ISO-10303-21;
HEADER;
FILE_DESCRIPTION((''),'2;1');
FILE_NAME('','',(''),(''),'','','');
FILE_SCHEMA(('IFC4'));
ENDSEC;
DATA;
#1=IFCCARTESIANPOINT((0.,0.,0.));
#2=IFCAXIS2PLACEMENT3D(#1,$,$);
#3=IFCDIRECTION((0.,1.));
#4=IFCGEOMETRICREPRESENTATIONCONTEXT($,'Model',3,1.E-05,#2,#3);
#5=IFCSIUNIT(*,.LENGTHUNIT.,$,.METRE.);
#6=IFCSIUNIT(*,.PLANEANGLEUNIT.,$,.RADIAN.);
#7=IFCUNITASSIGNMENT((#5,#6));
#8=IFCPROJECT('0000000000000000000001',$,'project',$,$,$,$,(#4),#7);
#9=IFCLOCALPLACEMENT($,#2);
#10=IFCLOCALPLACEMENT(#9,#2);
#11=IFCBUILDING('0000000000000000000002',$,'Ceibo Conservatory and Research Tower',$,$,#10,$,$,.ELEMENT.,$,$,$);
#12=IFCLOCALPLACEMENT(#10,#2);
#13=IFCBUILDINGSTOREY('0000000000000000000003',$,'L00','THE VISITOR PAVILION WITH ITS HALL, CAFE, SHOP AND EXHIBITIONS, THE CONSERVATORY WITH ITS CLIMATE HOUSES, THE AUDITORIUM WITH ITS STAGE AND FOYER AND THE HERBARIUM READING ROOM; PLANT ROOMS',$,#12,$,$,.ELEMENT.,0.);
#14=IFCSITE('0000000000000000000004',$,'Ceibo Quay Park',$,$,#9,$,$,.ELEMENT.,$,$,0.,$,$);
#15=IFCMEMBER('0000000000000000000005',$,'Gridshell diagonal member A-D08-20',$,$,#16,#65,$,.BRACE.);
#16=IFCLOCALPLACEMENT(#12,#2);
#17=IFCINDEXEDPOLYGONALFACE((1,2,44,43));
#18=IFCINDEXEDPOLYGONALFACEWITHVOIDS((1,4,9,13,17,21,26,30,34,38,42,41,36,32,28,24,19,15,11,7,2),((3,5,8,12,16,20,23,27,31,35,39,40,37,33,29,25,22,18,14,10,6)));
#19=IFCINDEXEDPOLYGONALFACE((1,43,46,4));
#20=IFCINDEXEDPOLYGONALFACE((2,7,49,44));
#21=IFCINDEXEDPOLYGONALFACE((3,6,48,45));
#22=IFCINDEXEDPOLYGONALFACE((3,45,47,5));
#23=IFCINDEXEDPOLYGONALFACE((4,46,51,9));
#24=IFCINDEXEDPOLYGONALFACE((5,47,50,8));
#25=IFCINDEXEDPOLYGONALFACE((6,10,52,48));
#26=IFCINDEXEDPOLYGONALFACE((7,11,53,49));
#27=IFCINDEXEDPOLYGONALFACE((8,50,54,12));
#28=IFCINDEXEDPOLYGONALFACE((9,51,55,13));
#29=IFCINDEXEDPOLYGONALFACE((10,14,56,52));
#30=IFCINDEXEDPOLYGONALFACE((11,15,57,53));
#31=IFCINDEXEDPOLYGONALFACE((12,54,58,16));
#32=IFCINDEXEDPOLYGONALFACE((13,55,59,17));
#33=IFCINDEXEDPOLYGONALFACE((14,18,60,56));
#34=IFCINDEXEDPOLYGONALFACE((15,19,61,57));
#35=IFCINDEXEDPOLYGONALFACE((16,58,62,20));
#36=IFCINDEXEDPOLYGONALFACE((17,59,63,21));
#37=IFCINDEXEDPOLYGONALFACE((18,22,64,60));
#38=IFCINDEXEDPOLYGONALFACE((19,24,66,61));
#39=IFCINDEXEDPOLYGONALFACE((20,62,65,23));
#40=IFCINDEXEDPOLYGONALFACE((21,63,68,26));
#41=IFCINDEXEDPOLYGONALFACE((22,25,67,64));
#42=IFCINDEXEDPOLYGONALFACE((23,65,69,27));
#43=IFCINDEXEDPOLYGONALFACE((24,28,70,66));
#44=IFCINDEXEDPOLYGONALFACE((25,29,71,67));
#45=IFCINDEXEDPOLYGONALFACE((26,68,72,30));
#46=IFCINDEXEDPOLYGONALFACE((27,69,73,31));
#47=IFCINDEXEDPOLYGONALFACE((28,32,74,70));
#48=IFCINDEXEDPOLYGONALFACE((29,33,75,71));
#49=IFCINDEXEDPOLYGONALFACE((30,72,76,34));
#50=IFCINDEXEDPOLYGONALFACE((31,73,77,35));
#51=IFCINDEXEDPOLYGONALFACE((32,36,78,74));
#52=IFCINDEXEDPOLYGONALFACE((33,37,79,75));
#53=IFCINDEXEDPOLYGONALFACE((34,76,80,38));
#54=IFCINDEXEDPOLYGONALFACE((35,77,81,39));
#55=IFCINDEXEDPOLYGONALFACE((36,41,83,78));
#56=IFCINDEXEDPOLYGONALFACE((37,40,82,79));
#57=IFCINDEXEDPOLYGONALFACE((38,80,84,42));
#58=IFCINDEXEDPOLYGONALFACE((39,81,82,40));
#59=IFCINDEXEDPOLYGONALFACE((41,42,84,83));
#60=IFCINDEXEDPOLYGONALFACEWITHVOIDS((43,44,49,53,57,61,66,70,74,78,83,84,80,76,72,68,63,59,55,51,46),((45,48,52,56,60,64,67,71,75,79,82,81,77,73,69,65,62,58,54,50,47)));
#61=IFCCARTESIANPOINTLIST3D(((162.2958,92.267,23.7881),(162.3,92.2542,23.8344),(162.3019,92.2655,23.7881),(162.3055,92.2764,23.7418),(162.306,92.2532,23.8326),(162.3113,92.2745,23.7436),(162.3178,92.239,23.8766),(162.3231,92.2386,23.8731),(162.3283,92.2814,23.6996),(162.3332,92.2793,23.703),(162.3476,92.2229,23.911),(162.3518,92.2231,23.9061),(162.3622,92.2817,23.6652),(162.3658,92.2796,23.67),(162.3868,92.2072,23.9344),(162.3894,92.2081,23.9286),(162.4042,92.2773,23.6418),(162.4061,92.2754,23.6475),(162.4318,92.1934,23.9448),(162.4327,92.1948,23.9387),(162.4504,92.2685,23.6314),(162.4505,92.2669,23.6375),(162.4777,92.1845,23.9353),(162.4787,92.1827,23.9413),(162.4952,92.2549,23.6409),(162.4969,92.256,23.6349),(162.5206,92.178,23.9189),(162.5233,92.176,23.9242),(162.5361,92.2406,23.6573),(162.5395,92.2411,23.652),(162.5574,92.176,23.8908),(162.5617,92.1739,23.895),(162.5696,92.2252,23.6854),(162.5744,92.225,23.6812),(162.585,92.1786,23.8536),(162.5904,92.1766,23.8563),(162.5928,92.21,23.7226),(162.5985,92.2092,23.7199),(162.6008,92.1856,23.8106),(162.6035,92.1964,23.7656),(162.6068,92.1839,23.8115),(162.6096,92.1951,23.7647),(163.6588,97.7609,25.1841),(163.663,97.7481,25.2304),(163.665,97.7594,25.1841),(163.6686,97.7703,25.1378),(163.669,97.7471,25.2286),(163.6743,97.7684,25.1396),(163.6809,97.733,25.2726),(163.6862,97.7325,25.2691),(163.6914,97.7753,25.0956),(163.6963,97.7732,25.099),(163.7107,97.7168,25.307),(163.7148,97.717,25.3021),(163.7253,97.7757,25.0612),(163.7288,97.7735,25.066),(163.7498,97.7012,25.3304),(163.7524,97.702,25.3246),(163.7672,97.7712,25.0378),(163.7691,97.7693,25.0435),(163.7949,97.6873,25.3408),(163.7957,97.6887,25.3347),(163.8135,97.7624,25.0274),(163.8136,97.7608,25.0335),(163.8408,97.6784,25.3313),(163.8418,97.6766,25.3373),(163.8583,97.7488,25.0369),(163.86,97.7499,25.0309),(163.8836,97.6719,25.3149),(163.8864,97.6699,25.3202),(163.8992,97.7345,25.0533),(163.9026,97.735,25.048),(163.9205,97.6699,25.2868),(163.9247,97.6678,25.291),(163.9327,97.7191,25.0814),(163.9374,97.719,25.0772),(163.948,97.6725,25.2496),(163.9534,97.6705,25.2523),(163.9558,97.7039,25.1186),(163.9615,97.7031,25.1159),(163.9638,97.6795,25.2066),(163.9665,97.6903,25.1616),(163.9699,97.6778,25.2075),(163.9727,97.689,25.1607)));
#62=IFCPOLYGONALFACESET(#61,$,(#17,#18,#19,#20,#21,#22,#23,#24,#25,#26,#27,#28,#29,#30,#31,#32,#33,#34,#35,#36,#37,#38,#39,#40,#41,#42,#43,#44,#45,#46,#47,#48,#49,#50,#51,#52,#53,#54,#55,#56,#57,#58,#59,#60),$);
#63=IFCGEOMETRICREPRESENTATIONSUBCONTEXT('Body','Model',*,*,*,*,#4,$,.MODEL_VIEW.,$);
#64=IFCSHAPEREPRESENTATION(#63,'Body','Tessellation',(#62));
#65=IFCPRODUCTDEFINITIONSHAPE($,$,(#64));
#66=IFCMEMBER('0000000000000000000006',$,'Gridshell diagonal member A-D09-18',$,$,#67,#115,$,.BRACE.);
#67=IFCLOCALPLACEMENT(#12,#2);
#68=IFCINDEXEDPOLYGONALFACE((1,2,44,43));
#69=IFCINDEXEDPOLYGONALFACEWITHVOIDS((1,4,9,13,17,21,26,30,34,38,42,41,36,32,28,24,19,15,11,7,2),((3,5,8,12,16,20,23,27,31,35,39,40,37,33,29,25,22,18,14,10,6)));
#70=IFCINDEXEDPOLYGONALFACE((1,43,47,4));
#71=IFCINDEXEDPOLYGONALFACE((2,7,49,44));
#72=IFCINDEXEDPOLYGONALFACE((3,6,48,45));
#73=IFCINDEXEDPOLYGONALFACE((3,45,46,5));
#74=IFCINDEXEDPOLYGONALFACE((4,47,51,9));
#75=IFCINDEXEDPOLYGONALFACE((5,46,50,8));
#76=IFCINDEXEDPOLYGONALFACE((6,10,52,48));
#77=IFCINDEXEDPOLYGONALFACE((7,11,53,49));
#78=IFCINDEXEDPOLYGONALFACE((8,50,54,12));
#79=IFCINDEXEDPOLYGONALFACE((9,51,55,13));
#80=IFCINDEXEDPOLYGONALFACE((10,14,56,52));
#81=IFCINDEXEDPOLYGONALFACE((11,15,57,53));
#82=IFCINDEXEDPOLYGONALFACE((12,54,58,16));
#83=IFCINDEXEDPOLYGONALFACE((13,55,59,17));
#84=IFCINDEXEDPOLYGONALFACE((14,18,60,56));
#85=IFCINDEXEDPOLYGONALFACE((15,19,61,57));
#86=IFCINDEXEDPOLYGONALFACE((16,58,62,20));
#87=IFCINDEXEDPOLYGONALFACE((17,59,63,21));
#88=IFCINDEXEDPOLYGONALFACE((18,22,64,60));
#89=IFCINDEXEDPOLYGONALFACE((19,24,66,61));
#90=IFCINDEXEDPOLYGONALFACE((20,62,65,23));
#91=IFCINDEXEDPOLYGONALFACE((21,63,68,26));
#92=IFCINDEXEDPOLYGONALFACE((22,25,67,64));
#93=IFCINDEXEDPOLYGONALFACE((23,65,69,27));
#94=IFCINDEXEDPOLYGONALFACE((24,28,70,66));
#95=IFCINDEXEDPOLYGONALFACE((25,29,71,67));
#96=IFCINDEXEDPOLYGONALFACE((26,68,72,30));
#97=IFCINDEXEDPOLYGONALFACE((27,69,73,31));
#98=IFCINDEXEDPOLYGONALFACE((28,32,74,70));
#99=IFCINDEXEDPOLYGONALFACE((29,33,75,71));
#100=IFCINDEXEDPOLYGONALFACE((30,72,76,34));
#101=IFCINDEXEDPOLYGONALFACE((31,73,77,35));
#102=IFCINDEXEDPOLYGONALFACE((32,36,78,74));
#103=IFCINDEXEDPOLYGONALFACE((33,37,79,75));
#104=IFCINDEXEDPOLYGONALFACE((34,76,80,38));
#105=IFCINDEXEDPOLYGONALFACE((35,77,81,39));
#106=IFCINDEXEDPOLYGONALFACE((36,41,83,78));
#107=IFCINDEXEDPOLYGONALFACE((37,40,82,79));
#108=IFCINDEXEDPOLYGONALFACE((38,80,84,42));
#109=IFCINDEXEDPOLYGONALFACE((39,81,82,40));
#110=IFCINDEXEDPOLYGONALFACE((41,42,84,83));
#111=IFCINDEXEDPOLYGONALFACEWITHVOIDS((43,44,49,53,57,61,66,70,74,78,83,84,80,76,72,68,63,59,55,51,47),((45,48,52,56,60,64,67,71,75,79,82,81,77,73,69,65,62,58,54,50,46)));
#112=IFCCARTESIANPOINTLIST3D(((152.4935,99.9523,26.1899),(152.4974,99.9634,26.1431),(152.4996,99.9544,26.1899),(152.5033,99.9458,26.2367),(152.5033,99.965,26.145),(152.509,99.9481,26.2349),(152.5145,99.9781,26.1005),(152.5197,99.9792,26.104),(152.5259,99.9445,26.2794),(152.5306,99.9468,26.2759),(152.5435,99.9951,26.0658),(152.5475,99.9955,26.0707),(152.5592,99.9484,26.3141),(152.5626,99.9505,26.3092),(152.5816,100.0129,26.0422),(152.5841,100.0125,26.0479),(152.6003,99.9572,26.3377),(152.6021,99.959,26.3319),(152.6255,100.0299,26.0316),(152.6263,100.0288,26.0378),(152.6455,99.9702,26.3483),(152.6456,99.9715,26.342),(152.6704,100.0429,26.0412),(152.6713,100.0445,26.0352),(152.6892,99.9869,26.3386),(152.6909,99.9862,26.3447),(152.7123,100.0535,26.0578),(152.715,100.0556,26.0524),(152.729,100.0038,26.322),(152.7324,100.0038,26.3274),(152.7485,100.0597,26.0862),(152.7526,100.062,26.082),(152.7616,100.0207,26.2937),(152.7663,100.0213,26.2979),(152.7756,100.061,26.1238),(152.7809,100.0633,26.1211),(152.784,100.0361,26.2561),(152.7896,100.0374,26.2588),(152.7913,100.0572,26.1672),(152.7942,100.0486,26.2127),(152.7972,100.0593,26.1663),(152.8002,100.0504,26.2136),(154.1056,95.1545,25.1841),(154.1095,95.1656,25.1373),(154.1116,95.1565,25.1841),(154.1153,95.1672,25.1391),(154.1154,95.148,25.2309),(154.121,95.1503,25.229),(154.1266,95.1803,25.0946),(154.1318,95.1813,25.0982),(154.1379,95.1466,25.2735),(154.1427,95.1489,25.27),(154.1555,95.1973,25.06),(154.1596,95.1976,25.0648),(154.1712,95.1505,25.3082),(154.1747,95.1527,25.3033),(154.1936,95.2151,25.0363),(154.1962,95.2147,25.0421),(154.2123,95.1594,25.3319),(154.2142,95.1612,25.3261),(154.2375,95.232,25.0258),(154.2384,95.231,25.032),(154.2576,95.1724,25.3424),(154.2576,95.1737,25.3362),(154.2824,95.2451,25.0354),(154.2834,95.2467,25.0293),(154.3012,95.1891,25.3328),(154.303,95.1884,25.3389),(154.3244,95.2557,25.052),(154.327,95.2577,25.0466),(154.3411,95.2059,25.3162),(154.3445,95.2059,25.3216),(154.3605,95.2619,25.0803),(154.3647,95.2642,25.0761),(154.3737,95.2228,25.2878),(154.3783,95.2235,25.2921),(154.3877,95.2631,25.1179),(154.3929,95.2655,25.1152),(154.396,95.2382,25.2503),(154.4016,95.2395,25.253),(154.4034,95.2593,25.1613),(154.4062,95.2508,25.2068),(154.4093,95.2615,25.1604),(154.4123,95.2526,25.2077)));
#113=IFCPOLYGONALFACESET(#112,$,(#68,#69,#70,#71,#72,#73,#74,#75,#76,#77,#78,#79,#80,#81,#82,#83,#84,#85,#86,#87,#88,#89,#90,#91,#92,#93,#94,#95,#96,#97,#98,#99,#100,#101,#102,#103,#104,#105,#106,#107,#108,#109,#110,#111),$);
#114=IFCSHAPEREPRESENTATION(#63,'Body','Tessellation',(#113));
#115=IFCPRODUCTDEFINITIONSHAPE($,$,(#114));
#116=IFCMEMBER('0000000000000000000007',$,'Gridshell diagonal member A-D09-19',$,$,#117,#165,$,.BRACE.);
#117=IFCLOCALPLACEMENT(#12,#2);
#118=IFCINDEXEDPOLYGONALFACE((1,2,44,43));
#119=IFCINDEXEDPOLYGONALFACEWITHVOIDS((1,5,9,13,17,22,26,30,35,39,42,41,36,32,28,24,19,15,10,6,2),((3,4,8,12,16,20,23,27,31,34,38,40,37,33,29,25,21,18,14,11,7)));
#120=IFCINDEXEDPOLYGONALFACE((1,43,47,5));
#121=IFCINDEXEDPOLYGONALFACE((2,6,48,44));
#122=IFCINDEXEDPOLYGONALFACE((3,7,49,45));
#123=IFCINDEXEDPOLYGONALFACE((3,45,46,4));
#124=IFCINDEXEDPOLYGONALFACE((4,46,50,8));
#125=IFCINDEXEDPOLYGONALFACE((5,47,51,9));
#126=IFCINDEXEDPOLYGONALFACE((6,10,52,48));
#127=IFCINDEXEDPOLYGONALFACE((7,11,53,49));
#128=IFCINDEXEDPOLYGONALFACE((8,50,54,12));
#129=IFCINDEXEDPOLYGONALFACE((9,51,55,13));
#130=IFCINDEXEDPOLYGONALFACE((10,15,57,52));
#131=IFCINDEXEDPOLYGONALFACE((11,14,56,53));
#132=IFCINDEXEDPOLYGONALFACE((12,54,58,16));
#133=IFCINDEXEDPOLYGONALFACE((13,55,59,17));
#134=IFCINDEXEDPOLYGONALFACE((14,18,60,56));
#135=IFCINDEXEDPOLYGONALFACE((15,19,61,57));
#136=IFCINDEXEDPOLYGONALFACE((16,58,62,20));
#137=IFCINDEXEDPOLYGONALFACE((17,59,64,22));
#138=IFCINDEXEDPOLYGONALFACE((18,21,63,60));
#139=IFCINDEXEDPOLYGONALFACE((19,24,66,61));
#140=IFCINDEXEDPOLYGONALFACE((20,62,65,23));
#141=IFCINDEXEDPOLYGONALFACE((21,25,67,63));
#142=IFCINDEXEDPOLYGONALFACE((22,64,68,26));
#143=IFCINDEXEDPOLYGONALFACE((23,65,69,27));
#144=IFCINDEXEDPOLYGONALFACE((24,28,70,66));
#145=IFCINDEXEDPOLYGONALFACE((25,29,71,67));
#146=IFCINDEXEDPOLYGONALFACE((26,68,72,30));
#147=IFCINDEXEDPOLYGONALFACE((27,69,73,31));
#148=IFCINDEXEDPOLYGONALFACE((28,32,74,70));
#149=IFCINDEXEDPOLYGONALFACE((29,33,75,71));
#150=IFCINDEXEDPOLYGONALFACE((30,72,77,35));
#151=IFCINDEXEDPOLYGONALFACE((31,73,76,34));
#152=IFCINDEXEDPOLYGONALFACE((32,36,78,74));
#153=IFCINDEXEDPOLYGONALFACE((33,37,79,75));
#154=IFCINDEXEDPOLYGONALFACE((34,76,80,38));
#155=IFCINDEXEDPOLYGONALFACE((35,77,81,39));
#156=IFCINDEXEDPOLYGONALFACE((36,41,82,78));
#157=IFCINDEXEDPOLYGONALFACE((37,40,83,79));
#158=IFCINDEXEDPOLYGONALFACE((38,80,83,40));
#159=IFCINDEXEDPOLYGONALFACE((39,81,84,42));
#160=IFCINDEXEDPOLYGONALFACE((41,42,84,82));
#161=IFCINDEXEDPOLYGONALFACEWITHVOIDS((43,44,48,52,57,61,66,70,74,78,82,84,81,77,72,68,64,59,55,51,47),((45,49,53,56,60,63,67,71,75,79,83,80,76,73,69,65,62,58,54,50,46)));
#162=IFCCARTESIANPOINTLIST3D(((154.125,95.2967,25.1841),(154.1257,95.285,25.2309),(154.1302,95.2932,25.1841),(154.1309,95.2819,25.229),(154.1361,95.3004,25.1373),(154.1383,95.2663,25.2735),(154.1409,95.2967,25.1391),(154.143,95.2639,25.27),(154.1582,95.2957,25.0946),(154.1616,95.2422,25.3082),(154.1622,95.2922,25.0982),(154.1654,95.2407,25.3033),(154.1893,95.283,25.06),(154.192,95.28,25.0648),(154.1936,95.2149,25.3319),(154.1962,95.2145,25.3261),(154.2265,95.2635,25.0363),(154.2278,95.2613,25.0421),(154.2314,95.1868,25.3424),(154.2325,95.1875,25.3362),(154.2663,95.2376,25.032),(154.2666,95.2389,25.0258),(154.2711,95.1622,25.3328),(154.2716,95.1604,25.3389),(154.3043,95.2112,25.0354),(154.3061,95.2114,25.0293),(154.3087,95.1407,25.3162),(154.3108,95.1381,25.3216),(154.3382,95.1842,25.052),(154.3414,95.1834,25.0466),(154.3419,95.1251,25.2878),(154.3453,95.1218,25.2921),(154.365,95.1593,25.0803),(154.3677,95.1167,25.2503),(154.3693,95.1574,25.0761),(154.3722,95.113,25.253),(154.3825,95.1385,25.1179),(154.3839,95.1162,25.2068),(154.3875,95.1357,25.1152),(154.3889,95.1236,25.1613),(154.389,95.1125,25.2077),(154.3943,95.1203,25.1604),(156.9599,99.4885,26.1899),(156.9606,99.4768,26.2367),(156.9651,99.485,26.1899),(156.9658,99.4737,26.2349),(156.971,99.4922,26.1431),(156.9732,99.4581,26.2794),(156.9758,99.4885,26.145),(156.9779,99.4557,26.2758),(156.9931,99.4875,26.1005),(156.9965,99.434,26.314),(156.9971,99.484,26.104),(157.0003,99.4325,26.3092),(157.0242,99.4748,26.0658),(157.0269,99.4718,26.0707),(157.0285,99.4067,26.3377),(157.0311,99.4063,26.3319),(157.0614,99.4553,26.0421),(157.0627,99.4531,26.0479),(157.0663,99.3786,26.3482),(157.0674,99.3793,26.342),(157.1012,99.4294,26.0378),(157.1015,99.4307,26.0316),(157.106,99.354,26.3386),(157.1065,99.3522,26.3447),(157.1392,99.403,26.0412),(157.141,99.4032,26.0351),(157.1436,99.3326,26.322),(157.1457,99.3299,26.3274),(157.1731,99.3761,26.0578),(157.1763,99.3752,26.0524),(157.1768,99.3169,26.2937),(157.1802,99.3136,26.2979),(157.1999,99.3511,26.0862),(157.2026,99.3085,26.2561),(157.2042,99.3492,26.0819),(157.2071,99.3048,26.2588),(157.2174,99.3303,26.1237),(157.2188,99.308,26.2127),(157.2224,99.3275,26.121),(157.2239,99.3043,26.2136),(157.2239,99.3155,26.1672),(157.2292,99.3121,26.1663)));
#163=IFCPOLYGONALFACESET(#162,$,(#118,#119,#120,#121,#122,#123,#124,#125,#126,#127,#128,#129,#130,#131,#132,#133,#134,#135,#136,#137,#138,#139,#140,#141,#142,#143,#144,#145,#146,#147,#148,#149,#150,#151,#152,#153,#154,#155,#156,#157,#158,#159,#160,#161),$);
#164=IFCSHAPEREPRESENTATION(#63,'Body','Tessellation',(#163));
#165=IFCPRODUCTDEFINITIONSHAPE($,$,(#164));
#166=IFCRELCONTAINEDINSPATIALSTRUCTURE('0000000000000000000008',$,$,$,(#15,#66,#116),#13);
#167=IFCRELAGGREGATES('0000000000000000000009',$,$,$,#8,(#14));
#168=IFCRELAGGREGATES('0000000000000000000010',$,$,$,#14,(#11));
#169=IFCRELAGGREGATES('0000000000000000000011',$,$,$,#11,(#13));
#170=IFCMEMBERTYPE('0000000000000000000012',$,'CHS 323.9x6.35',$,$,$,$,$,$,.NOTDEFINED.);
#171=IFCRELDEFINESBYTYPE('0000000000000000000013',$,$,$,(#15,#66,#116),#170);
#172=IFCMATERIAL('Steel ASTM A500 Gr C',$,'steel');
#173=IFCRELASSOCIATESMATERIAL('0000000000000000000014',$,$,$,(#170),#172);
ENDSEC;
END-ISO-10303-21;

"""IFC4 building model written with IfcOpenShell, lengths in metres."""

from ifc_helpers import new_model, si_unit, direction, frame, origin, origin_2d, place, context, subcontext, project, spatial, hollow_circle, extrude, material, material_profile, profile_set, type_object, element, save


model = new_model("IFC4")

# Units and contexts
model_context = context("Model", 3, precision=1e-05, world=origin(), true_north=direction((0.0, 1.0)))
body_context = subcontext(model_context, "Body", "Model", "MODEL_VIEW")
ifc_project = project(units=[si_unit("LENGTHUNIT", "METRE"), si_unit("PLANEANGLEUNIT", "RADIAN")], contexts=[model_context])

# Site, building, storey
site_placement = place(None, origin())
site = spatial("IfcSite", under=ifc_project, at=site_placement, Name="Ceibo Quay Park", CompositionType="ELEMENT", RefElevation=0.0)
building_placement = place(site_placement, origin())
building = spatial("IfcBuilding", under=site, at=building_placement, Name="Ceibo Conservatory and Research Tower", CompositionType="ELEMENT")
storey_placement = place(building_placement, origin())
storey = spatial("IfcBuildingStorey", under=building, at=storey_placement, Name="L00", Description="THE VISITOR PAVILION WITH ITS HALL, CAFE, SHOP AND EXHIBITIONS, THE CONSERVATORY WITH ITS CLIMATE HOUSES, THE AUDITORIUM WITH ITS STAGE AND FOYER AND THE HERBARIUM READING ROOM; PLANT ROOMS", CompositionType="ELEMENT", Elevation=0.0)

# Members
ifc_material_1 = material(Name="Steel ASTM A500 Gr C", Category="steel")
ifc_material_profile_1 = material_profile(ifc_material_1, hollow_circle(Radius=0.1619, WallThickness=0.0063, at=origin_2d()), Name="CHS 323.9x6.35")
ifc_profile_set_1 = profile_set([ifc_material_profile_1], Name="Steel ASTM A500 Gr C")
member_type_1 = type_object("IfcMemberType", Name="CHS 323.9x6.35", PredefinedType="NOTDEFINED", material=ifc_profile_set_1)
member_1_placement = place(storey_placement, frame((162.4529, 92.228, 23.7881), z_axis=(0.233795, 0.94234, 0.239448), x_axis=(-0.970575, 0.2408, 0.0)))
element("IfcMember", 1, at=member_1_placement, inside=storey, type_object=member_type_1, Name="Gridshell diagonal member A-D08-20", PredefinedType="BRACE", context=body_context, shape_type="SweptSolid", body=[
    extrude(hollow_circle(Radius=0.1619, WallThickness=0.0063, at=origin_2d()), origin(), (0.0, 0.0, 1.0), 5.8301),
])
member_2_placement = place(storey_placement, frame((154.259, 95.2061, 25.1841), z_axis=(-0.31239, 0.929742, 0.194918), x_axis=(-0.947923, -0.318499, 0.0)))
element("IfcMember", 2, at=member_2_placement, inside=storey, type_object=member_type_1, Name="Gridshell diagonal member A-D09-18", PredefinedType="BRACE", context=body_context, shape_type="SweptSolid", body=[
    extrude(hollow_circle(Radius=0.1619, WallThickness=0.0063, at=origin_2d()), origin(), (0.0, 0.0, 1.0), 5.1604),
])
member_3_placement = place(storey_placement, frame((154.259, 95.2061, 25.1841), z_axis=(0.549461, 0.812457, 0.194952), x_axis=(-0.828351, 0.56021, 0.0)))
element("IfcMember", 3, at=member_3_placement, inside=storey, type_object=member_type_1, Name="Gridshell diagonal member A-D09-19", PredefinedType="BRACE", context=body_context, shape_type="SweptSolid", body=[
    extrude(hollow_circle(Radius=0.1619, WallThickness=0.0063, at=origin_2d()), origin(), (0.0, 0.0, 1.0), 5.1594),
])

save(model, "model.ifc")
